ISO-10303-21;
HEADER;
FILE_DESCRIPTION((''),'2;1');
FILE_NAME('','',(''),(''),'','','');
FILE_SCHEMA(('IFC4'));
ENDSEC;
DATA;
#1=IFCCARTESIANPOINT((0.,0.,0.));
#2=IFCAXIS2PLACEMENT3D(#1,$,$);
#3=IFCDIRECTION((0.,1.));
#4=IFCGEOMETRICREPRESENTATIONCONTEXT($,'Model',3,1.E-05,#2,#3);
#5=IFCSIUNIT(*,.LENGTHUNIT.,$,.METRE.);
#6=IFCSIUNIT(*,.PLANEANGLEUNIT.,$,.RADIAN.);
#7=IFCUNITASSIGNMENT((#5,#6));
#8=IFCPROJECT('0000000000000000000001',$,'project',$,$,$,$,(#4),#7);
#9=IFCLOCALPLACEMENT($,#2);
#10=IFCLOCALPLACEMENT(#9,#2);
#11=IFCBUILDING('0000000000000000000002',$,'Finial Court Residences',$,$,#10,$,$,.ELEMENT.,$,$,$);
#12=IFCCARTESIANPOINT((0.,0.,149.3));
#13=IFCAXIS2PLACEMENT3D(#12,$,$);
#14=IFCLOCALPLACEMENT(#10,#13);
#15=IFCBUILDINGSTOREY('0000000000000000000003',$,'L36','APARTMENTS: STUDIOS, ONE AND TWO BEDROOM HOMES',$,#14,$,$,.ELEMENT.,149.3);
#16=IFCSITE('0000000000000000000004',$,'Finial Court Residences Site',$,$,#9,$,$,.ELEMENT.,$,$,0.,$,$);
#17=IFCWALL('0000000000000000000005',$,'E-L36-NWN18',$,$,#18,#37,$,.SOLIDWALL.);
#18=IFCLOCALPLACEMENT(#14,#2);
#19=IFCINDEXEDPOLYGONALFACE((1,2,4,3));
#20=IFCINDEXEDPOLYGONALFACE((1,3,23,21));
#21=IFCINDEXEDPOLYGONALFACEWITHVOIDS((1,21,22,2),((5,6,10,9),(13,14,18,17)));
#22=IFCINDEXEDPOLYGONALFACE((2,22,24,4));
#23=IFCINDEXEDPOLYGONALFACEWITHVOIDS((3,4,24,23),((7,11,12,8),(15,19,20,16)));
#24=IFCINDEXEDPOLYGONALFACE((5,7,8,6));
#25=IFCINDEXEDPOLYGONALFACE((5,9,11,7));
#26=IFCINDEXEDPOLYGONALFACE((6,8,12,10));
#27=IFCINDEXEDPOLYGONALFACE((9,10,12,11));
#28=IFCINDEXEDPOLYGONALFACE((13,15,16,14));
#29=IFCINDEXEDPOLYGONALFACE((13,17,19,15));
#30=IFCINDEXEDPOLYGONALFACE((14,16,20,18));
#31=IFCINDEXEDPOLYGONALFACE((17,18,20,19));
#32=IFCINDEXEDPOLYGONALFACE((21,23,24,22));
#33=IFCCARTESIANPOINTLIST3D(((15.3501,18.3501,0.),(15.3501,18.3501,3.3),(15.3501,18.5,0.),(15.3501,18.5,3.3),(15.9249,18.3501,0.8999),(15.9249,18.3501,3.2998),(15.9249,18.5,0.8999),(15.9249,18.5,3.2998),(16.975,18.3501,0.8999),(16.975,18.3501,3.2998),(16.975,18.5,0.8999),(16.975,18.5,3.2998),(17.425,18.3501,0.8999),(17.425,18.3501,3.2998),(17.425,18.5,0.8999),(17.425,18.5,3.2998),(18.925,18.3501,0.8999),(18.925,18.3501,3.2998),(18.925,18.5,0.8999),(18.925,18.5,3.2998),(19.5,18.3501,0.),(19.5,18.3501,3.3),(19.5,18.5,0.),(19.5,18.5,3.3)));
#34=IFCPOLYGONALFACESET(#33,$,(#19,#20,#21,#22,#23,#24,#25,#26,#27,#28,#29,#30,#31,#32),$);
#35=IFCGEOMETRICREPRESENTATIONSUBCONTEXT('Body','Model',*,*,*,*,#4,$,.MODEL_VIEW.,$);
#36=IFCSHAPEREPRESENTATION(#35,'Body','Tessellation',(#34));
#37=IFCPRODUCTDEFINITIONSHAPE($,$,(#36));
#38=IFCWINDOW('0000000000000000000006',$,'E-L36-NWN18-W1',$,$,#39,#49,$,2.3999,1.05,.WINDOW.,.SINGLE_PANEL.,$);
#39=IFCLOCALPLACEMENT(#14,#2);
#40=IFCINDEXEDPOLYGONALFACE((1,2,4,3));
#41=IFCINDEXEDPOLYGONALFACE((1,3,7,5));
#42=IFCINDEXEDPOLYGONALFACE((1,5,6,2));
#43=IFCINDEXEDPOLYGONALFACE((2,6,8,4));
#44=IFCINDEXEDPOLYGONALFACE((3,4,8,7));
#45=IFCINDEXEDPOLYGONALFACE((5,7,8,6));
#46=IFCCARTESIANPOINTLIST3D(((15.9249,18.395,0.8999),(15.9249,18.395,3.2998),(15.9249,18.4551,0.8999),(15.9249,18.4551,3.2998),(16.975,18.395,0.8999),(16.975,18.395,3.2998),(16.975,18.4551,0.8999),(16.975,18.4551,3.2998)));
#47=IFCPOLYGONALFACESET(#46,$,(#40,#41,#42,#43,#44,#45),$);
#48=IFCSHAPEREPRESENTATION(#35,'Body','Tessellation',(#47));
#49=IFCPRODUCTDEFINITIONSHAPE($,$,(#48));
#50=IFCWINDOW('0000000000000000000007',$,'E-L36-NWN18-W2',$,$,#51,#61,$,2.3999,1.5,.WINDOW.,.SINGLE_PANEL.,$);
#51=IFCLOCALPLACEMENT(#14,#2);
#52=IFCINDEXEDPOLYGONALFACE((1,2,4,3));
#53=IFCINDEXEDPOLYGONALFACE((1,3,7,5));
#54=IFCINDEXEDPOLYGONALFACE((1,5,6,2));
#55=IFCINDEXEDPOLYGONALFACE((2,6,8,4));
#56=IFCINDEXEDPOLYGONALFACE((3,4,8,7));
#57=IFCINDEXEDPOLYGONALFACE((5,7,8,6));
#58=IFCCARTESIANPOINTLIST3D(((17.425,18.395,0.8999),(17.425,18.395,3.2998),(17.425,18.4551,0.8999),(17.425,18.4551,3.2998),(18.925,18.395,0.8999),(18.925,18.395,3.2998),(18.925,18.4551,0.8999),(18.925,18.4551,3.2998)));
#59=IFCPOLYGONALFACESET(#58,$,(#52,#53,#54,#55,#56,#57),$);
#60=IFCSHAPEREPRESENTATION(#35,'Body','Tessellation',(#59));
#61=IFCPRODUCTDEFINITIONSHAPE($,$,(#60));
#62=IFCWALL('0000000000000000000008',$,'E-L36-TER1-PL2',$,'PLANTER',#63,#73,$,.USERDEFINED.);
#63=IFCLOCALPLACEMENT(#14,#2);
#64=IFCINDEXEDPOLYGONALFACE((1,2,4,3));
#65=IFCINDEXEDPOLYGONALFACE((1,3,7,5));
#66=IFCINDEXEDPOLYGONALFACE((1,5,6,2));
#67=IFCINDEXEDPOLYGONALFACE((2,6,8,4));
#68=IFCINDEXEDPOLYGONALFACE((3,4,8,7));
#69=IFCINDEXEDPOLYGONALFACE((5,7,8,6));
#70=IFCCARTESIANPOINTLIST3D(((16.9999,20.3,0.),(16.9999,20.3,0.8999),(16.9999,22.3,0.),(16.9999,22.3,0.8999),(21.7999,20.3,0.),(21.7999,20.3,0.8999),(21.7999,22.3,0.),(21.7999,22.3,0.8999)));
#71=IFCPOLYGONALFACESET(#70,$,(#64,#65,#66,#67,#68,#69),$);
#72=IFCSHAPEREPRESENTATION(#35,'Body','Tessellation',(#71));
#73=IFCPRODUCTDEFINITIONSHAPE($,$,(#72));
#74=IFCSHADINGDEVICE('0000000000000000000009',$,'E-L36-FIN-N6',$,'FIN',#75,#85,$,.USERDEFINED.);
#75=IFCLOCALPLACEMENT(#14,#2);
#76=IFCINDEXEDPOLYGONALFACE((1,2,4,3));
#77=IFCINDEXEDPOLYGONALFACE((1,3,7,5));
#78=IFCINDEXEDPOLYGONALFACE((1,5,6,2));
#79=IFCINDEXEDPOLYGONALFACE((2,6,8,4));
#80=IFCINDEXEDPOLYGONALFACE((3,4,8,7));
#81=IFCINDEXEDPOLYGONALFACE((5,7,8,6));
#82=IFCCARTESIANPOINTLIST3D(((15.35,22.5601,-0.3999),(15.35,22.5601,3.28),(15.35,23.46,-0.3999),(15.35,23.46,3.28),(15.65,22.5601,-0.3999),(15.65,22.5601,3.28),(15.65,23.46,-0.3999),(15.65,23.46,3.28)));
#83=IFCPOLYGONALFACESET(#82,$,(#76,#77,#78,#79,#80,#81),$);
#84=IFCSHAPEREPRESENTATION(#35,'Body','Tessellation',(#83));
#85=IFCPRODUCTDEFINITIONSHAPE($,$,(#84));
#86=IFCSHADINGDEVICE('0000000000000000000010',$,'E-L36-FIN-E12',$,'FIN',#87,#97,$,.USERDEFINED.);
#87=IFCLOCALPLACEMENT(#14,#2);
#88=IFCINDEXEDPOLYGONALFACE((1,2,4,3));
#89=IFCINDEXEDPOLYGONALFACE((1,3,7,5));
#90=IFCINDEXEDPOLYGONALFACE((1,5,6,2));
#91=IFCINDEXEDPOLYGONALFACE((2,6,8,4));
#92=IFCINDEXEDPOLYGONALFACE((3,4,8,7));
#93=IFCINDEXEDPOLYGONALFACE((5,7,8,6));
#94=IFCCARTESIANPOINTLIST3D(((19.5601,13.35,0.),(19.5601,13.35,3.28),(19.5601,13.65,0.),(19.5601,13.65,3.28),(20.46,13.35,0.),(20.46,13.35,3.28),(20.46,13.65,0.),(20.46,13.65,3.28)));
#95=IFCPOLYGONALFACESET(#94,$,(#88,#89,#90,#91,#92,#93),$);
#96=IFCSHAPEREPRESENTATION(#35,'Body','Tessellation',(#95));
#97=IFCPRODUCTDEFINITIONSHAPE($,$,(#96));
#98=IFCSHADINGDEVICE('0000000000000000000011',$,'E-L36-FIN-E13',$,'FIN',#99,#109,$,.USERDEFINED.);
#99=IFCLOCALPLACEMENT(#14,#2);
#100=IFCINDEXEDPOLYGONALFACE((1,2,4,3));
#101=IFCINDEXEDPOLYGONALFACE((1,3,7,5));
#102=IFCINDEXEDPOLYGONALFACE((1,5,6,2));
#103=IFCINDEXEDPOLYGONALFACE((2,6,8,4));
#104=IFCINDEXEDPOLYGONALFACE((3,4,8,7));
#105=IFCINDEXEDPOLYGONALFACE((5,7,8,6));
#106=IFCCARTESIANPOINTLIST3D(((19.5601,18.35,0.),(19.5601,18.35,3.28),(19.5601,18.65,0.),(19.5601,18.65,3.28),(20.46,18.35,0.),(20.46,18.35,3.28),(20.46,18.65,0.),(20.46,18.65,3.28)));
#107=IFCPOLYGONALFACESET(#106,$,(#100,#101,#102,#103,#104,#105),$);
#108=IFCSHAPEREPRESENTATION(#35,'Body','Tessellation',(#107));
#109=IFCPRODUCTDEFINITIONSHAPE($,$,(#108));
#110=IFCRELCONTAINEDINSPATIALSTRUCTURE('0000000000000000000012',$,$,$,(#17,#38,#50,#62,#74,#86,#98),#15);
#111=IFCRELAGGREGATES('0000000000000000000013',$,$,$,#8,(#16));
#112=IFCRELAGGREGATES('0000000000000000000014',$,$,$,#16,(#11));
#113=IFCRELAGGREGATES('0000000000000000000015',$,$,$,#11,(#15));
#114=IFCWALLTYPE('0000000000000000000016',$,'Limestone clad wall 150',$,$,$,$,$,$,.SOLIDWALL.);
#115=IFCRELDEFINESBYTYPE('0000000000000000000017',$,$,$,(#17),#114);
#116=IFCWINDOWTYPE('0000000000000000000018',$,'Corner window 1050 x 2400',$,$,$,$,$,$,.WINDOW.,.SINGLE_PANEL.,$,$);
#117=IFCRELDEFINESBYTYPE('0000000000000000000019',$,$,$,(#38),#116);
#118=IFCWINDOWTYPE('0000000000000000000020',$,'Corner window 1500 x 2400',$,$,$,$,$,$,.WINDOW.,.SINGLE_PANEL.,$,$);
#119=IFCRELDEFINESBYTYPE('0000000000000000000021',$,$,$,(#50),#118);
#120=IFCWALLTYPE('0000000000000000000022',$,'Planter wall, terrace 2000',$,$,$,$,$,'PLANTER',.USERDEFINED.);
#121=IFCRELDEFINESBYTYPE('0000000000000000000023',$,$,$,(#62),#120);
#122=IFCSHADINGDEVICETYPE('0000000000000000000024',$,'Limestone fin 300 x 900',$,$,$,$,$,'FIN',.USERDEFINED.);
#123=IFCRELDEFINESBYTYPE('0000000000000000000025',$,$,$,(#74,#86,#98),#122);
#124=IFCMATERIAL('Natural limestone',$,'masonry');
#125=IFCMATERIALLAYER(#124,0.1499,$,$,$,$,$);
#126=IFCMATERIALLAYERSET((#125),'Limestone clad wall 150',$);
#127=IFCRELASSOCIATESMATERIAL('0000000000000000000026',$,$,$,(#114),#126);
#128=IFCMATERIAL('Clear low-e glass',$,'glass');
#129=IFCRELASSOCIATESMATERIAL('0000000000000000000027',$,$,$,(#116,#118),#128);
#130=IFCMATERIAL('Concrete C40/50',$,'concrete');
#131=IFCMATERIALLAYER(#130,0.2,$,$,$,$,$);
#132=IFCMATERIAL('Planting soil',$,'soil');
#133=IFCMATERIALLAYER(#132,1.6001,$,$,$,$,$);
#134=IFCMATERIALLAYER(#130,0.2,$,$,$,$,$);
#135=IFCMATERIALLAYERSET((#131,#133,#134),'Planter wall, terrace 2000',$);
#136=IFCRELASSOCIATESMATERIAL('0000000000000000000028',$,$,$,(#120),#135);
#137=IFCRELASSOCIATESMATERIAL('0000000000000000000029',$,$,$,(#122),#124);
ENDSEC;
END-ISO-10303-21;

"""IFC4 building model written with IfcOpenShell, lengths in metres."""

from ifc_helpers import new_model, si_unit, direction, frame, frame_2d, origin, origin_2d, place, context, subcontext, project, spatial, rectangle, extrude, material, layer, layer_set, type_object, element, fill, save


model = new_model("IFC4")

# Units and contexts
model_context = context("Model", 3, precision=1e-05, world=origin(), true_north=direction((0.0, 1.0)))
body_context = subcontext(model_context, "Body", "Model", "MODEL_VIEW")
ifc_project = project(units=[si_unit("LENGTHUNIT", "METRE"), si_unit("PLANEANGLEUNIT", "RADIAN")], contexts=[model_context])

# Site, building, storey
site_placement = place(None, origin())
site = spatial("IfcSite", under=ifc_project, at=site_placement, Name="Finial Court Residences Site", CompositionType="ELEMENT", RefElevation=0.0)
building_placement = place(site_placement, origin())
building = spatial("IfcBuilding", under=site, at=building_placement, Name="Finial Court Residences", CompositionType="ELEMENT")
storey_placement = place(building_placement, frame((0.0, 0.0, 149.3)))
storey = spatial("IfcBuildingStorey", under=building, at=storey_placement, Name="L36", Description="APARTMENTS: STUDIOS, ONE AND TWO BEDROOM HOMES", CompositionType="ELEMENT", Elevation=149.3)

# Shared definitions
ifc_material_1 = material(Name="Clear low-e glass", Category="glass")

# Shared definitions
ifc_material_2 = material(Name="Natural limestone", Category="masonry")
ifc_layer_1 = layer(ifc_material_2, 0.1499)
ifc_layer_set_1 = layer_set([ifc_layer_1], Name="Limestone clad wall 150")
wall_type_1 = type_object("IfcWallType", Name="Limestone clad wall 150", PredefinedType="SOLIDWALL", material=ifc_layer_set_1)

# Wall, openings, windows
wall_1_placement = place(storey_placement, frame((15.3501, 18.425, 0.0), z_axis=(0.0, 0.0, 1.0), x_axis=(1.0, 0.0, 0.0)))
wall_1 = element("IfcWall", 1, at=wall_1_placement, inside=storey, type_object=wall_type_1, Name="E-L36-NWN18", PredefinedType="SOLIDWALL", context=body_context, shape_type="SweptSolid", body=[
    extrude(rectangle(XDim=4.1499, YDim=0.1499, at=frame_2d((2.075, 0.0))), origin(), (0.0, 0.0, 1.0), 3.3),
])
opening_1_placement = place(wall_1_placement, frame((0.575, 0.0, 0.8999)))
opening_1 = element("IfcOpeningElement", 2, at=opening_1_placement, cuts=wall_1, PredefinedType="OPENING", context=body_context, shape_type="SweptSolid", body=[
    extrude(rectangle(XDim=1.05, YDim=2.3999, at=frame_2d((0.5249, 1.2))), frame((0.0, 0.085, 0.0), z_axis=(0.0, -1.0, 0.0), x_axis=(1.0, 0.0, 0.0)), (0.0, 0.0, 1.0), 0.1699),
])
opening_2_placement = place(wall_1_placement, frame((2.075, 0.0, 0.8999)))
opening_2 = element("IfcOpeningElement", 3, at=opening_2_placement, cuts=wall_1, PredefinedType="OPENING", context=body_context, shape_type="SweptSolid", body=[
    extrude(rectangle(XDim=1.5, YDim=2.3999, at=frame_2d((0.75, 1.2))), frame((0.0, 0.085, 0.0), z_axis=(0.0, -1.0, 0.0), x_axis=(1.0, 0.0, 0.0)), (0.0, 0.0, 1.0), 0.1699),
])
window_type_1 = type_object("IfcWindowType", Name="Corner window 1050 x 2400", PartitioningType="SINGLE_PANEL", PredefinedType="WINDOW", material=ifc_material_1)
window_1_placement = place(opening_1_placement, origin())
window_1 = element("IfcWindow", 4, at=window_1_placement, inside=storey, type_object=window_type_1, Name="E-L36-NWN18-W1", OverallHeight=2.3999, OverallWidth=1.05, PartitioningType="SINGLE_PANEL", PredefinedType="WINDOW", context=body_context, shape_type="SweptSolid", body=[
    extrude(rectangle(XDim=1.05, YDim=2.3999, at=frame_2d((0.5249, 1.2))), frame((0.0, 0.03, 0.0), z_axis=(0.0, -1.0, 0.0), x_axis=(1.0, 0.0, 0.0)), (0.0, 0.0, 1.0), 0.0601),
])
fill(opening_1, window_1)
window_type_2 = type_object("IfcWindowType", Name="Corner window 1500 x 2400", PartitioningType="SINGLE_PANEL", PredefinedType="WINDOW", material=ifc_material_1)
window_2_placement = place(opening_2_placement, origin())
window_2 = element("IfcWindow", 5, at=window_2_placement, inside=storey, type_object=window_type_2, Name="E-L36-NWN18-W2", OverallHeight=2.3999, OverallWidth=1.5, PartitioningType="SINGLE_PANEL", PredefinedType="WINDOW", context=body_context, shape_type="SweptSolid", body=[
    extrude(rectangle(XDim=1.5, YDim=2.3999, at=frame_2d((0.75, 1.2))), frame((0.0, 0.03, 0.0), z_axis=(0.0, -1.0, 0.0), x_axis=(1.0, 0.0, 0.0)), (0.0, 0.0, 1.0), 0.0601),
])
fill(opening_2, window_2)

# Wall
ifc_material_3 = material(Name="Concrete C40/50", Category="concrete")
ifc_layer_2 = layer(ifc_material_3, 0.2)
ifc_material_4 = material(Name="Planting soil", Category="soil")
ifc_layer_3 = layer(ifc_material_4, 1.6001)
ifc_layer_4 = layer(ifc_material_3, 0.2)
ifc_layer_set_2 = layer_set([ifc_layer_2, ifc_layer_3, ifc_layer_4], Name="Planter wall, terrace 2000")
wall_type_2 = type_object("IfcWallType", Name="Planter wall, terrace 2000", ElementType="PLANTER", PredefinedType="USERDEFINED", material=ifc_layer_set_2)
wall_2_placement = place(storey_placement, frame((17.0, 21.3, 0.0), z_axis=(0.0, 0.0, 1.0), x_axis=(1.0, 0.0, 0.0)))
element("IfcWall", 6, at=wall_2_placement, inside=storey, type_object=wall_type_2, Name="E-L36-TER1-PL2", ObjectType="PLANTER", PredefinedType="USERDEFINED", context=body_context, shape_type="SweptSolid", body=[
    extrude(rectangle(XDim=4.8, YDim=2.0, at=frame_2d((2.3999, 0.0))), origin(), (0.0, 0.0, 1.0), 0.8999),
])

# Shading devices
shading_device_type = type_object("IfcShadingDeviceType", Name="Limestone fin 300 x 900", ElementType="FIN", PredefinedType="USERDEFINED", material=ifc_material_2)
shading_device_placement = place(storey_placement, frame((15.5, 23.01, -0.3999), z_axis=(0.0, 0.0, 1.0), x_axis=(1.0, 0.0, 0.0)))
element("IfcShadingDevice", 7, at=shading_device_placement, inside=storey, type_object=shading_device_type, Name="E-L36-FIN-N6", ObjectType="FIN", PredefinedType="USERDEFINED", context=body_context, shape_type="SweptSolid", body=[
    extrude(rectangle(XDim=0.3, YDim=0.8999, at=origin_2d()), origin(), (0.0, 0.0, 1.0), 3.6799),
])
for number, where, z_axis, x_axis, name in (
    (8, (20.01, 13.5, 0.0), (0.0, 0.0, 1.0), (1.0, 0.0, 0.0), "E-L36-FIN-E12"),
    (9, (20.01, 18.5, 0.0), (0.0, 0.0, 1.0), (1.0, 0.0, 0.0), "E-L36-FIN-E13"),
):
    element("IfcShadingDevice", number, at=place(storey_placement, frame(where, z_axis=z_axis, x_axis=x_axis)), inside=storey, type_object=shading_device_type, Name=name, ObjectType="FIN", PredefinedType="USERDEFINED", context=body_context, shape_type="SweptSolid", body=[
        extrude(rectangle(XDim=0.8999, YDim=0.3, at=origin_2d()), origin(), (0.0, 0.0, 1.0), 3.28),
    ])

save(model, "model.ifc")
